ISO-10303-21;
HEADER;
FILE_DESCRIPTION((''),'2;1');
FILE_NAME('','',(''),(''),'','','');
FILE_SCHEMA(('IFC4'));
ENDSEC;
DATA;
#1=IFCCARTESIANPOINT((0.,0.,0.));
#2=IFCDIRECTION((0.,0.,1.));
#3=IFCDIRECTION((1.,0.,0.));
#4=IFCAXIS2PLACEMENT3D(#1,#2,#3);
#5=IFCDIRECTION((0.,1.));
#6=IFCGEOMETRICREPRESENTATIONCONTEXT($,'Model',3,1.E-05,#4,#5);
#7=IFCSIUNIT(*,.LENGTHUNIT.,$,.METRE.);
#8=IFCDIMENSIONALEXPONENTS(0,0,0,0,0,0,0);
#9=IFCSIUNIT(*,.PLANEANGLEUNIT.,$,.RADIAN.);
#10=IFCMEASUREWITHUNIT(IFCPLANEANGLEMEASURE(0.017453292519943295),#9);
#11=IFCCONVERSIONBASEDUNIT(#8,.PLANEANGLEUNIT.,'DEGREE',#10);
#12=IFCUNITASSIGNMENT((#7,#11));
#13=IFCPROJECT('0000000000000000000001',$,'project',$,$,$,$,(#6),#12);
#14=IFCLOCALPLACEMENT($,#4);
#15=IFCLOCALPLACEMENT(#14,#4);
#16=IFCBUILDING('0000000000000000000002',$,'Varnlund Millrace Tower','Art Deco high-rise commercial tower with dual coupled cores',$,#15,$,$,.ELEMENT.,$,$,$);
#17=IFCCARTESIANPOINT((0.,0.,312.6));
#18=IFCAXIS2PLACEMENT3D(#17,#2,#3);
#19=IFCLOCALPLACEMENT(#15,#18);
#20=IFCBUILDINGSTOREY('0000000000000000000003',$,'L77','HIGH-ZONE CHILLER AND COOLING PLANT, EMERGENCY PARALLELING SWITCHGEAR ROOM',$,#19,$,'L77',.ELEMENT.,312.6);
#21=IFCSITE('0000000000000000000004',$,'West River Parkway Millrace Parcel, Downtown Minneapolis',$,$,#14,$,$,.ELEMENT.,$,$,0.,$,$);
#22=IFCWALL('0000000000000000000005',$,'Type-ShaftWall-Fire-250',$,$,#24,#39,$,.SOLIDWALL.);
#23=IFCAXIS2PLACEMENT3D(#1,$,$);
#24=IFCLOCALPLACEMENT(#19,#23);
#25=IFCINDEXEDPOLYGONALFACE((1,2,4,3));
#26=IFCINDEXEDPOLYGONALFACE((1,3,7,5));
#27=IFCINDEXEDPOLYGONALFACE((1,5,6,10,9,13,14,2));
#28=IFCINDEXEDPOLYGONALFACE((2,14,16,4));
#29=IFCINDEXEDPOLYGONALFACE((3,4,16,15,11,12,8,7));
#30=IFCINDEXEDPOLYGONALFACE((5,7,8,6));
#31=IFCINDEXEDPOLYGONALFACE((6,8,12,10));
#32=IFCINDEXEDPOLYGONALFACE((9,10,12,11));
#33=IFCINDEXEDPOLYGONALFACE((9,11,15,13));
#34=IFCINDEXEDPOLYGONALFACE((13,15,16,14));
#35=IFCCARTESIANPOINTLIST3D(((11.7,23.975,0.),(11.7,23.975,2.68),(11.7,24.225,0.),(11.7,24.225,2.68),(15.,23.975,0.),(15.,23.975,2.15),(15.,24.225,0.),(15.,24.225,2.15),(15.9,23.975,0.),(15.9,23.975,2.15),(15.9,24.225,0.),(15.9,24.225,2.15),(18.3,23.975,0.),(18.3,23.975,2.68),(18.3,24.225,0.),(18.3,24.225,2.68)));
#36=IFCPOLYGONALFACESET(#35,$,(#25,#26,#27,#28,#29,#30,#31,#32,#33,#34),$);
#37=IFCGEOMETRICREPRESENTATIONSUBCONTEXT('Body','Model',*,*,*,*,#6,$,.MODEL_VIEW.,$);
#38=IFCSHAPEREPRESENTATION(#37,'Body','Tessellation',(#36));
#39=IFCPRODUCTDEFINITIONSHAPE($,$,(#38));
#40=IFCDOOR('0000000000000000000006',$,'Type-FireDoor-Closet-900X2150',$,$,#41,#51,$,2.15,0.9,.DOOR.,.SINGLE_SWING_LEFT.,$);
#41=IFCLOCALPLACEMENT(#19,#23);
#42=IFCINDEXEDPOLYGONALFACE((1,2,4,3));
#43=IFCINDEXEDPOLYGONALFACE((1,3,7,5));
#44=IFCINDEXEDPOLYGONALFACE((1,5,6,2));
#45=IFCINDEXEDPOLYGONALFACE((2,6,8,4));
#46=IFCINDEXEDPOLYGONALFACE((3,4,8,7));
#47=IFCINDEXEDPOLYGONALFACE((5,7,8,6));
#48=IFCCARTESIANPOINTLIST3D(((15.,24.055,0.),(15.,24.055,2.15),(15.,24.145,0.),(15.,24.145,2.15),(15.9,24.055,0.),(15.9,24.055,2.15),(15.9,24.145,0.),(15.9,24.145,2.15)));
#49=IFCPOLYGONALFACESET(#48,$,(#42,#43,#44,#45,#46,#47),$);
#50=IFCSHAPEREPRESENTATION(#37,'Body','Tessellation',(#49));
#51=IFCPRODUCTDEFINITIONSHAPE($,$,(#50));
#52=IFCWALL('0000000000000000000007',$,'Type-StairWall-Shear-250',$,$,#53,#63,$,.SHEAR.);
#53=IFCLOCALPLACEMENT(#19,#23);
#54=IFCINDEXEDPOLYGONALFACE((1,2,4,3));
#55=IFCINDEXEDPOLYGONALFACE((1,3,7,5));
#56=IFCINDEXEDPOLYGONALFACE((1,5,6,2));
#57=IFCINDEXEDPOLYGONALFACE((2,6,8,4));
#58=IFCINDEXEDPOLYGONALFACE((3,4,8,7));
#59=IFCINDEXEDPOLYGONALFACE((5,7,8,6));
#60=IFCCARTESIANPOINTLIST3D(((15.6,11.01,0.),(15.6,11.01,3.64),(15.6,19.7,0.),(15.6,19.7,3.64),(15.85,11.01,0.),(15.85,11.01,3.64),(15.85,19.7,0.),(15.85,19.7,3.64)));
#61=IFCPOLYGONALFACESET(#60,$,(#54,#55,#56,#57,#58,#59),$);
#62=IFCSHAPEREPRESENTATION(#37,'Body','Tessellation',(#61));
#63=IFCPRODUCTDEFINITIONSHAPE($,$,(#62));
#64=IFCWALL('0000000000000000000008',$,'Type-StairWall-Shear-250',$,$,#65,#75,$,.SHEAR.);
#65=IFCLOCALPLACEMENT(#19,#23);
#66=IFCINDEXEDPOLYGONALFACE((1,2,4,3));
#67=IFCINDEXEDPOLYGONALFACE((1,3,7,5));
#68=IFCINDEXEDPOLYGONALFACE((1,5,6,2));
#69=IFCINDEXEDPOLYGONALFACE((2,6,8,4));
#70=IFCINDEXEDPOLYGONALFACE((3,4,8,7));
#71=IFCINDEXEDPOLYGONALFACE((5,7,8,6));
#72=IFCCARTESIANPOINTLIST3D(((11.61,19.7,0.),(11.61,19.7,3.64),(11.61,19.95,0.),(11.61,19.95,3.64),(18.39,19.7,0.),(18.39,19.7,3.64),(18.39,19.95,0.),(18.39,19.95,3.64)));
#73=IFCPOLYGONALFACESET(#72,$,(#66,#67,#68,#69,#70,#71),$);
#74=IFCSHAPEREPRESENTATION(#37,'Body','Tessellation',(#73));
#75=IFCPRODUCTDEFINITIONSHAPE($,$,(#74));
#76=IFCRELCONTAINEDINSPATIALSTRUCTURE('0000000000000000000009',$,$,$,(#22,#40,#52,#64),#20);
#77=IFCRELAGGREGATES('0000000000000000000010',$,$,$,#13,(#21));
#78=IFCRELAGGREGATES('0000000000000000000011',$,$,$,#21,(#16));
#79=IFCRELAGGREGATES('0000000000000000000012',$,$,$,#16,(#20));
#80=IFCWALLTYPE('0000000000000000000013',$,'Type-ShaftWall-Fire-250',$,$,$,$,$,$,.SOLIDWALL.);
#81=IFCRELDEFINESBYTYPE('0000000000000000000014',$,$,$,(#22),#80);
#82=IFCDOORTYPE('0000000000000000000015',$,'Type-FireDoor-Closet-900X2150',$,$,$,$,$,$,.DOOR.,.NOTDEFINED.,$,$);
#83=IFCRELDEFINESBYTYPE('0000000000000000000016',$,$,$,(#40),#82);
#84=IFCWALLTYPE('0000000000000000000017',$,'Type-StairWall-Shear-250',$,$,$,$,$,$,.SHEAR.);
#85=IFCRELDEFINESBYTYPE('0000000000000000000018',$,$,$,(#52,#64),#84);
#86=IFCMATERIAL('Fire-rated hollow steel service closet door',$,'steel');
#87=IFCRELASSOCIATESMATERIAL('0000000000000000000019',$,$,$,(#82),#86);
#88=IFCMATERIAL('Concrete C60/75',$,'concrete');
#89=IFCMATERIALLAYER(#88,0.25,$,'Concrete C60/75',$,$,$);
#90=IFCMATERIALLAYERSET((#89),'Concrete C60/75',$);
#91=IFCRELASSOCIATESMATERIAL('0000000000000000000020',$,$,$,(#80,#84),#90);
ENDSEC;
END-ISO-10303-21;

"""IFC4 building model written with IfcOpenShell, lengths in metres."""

from ifc_helpers import new_model, entity, si_unit, converted_unit, direction, frame, origin_with_axes, origin_2d_with_axis, place, context, subcontext, project, spatial, polyline, rectangle, outline, extrude, material, layer, layer_set, type_object, element, fill, save


model = new_model("IFC4")

# Units and contexts
model_context = context("Model", 3, precision=1e-05, world=origin_with_axes(), true_north=direction((0.0, 1.0)))
body_context = subcontext(model_context, "Body", "Model", "MODEL_VIEW")
ifc_project = project(units=[si_unit("LENGTHUNIT", "METRE"), converted_unit("PLANEANGLEUNIT", "DEGREE", entity("IfcPlaneAngleMeasure", 0.017453292519943295), si_unit("PLANEANGLEUNIT", "RADIAN"), dimensions=[0, 0, 0, 0, 0, 0, 0])], contexts=[model_context])

# Site, building, storey
site_placement = place(None, origin_with_axes())
site = spatial("IfcSite", under=ifc_project, at=site_placement, Name="West River Parkway Millrace Parcel, Downtown Minneapolis", CompositionType="ELEMENT", RefElevation=0.0)
building_placement = place(site_placement, origin_with_axes())
building = spatial("IfcBuilding", under=site, at=building_placement, Name="Varnlund Millrace Tower", Description="Art Deco high-rise commercial tower with dual coupled cores", CompositionType="ELEMENT")
storey_placement = place(building_placement, frame((0.0, 0.0, 312.6), z_axis=(0.0, 0.0, 1.0), x_axis=(1.0, 0.0, 0.0)))
storey = spatial("IfcBuildingStorey", under=building, at=storey_placement, Name="L77", Description="HIGH-ZONE CHILLER AND COOLING PLANT, EMERGENCY PARALLELING SWITCHGEAR ROOM", LongName="L77", CompositionType="ELEMENT", Elevation=312.6)

# Shared definitions
ifc_material_1 = material(Name="Concrete C60/75", Category="concrete")

# Shared definitions
ifc_material_2 = material(Name="Fire-rated hollow steel service closet door", Category="steel")
door_type_1 = type_object("IfcDoorType", Name="Type-FireDoor-Closet-900X2150", OperationType="NOTDEFINED", PredefinedType="DOOR", material=ifc_material_2)
ifc_layer_1 = layer(ifc_material_1, 0.25, Name="Concrete C60/75")
ifc_layer_set_1 = layer_set([ifc_layer_1], Name="Concrete C60/75")
wall_type_1 = type_object("IfcWallType", Name="Type-ShaftWall-Fire-250", PredefinedType="SOLIDWALL", material=ifc_layer_set_1)

# Wall, opening, door
wall_1_placement = place(storey_placement, frame((11.7, 24.1, 0.0), z_axis=(0.0, 0.0, 1.0), x_axis=(1.0, 0.0, 0.0)))
wall_1 = element("IfcWall", 1, at=wall_1_placement, inside=storey, type_object=wall_type_1, Name="Type-ShaftWall-Fire-250", PredefinedType="SOLIDWALL", context=body_context, shape_type="SweptSolid", body=[
    extrude(outline(polyline([(0.0, -0.125), (6.6, -0.125), (6.6, 0.125), (0.0, 0.125), (0.0, -0.125)])), origin_with_axes(), (0.0, 0.0, 1.0), 2.68),
])
opening_1_placement = place(wall_1_placement, frame((3.75, 0.0, 0.0), z_axis=(0.0, 0.0, 1.0), x_axis=(1.0, 0.0, 0.0)))
opening_1 = element("IfcOpeningElement", 2, at=opening_1_placement, cuts=wall_1, PredefinedType="OPENING", context=body_context, shape_type="SweptSolid", body=[
    extrude(rectangle(XDim=0.9, YDim=0.27, at=origin_2d_with_axis()), origin_with_axes(), (0.0, 0.0, 1.0), 2.15),
])
door_1_placement = place(wall_1_placement, frame((3.75, 0.0, 0.0), z_axis=(0.0, 0.0, 1.0), x_axis=(1.0, 0.0, 0.0)))
door_1 = element("IfcDoor", 3, at=door_1_placement, inside=storey, type_object=door_type_1, Name="Type-FireDoor-Closet-900X2150", OperationType="SINGLE_SWING_LEFT", OverallHeight=2.15, OverallWidth=0.9, PredefinedType="DOOR", context=body_context, shape_type="SweptSolid", body=[
    extrude(rectangle(XDim=0.9, YDim=0.09, at=origin_2d_with_axis()), origin_with_axes(), (0.0, 0.0, 1.0), 2.15),
])
fill(opening_1, door_1)

# Walls
wall_type_2 = type_object("IfcWallType", Name="Type-StairWall-Shear-250", PredefinedType="SHEAR", material=ifc_layer_set_1)
wall_2_placement = place(storey_placement, frame((15.725, 11.01, 0.0), z_axis=(0.0, 0.0, 1.0), x_axis=(0.0, 1.0, 0.0)))
element("IfcWall", 4, at=wall_2_placement, inside=storey, type_object=wall_type_2, Name="Type-StairWall-Shear-250", PredefinedType="SHEAR", context=body_context, shape_type="SweptSolid", body=[
    extrude(outline(polyline([(0.0, -0.125), (8.69, -0.125), (8.69, 0.125), (0.0, 0.125), (0.0, -0.125)])), origin_with_axes(), (0.0, 0.0, 1.0), 3.64),
])
wall_3_placement = place(storey_placement, frame((11.61, 19.825, 0.0), z_axis=(0.0, 0.0, 1.0), x_axis=(1.0, 0.0, 0.0)))
element("IfcWall", 5, at=wall_3_placement, inside=storey, type_object=wall_type_2, Name="Type-StairWall-Shear-250", PredefinedType="SHEAR", context=body_context, shape_type="SweptSolid", body=[
    extrude(outline(polyline([(0.0, -0.125), (6.78, -0.125), (6.78, 0.125), (0.0, 0.125), (0.0, -0.125)])), origin_with_axes(), (0.0, 0.0, 1.0), 3.64),
])

save(model, "model.ifc")
